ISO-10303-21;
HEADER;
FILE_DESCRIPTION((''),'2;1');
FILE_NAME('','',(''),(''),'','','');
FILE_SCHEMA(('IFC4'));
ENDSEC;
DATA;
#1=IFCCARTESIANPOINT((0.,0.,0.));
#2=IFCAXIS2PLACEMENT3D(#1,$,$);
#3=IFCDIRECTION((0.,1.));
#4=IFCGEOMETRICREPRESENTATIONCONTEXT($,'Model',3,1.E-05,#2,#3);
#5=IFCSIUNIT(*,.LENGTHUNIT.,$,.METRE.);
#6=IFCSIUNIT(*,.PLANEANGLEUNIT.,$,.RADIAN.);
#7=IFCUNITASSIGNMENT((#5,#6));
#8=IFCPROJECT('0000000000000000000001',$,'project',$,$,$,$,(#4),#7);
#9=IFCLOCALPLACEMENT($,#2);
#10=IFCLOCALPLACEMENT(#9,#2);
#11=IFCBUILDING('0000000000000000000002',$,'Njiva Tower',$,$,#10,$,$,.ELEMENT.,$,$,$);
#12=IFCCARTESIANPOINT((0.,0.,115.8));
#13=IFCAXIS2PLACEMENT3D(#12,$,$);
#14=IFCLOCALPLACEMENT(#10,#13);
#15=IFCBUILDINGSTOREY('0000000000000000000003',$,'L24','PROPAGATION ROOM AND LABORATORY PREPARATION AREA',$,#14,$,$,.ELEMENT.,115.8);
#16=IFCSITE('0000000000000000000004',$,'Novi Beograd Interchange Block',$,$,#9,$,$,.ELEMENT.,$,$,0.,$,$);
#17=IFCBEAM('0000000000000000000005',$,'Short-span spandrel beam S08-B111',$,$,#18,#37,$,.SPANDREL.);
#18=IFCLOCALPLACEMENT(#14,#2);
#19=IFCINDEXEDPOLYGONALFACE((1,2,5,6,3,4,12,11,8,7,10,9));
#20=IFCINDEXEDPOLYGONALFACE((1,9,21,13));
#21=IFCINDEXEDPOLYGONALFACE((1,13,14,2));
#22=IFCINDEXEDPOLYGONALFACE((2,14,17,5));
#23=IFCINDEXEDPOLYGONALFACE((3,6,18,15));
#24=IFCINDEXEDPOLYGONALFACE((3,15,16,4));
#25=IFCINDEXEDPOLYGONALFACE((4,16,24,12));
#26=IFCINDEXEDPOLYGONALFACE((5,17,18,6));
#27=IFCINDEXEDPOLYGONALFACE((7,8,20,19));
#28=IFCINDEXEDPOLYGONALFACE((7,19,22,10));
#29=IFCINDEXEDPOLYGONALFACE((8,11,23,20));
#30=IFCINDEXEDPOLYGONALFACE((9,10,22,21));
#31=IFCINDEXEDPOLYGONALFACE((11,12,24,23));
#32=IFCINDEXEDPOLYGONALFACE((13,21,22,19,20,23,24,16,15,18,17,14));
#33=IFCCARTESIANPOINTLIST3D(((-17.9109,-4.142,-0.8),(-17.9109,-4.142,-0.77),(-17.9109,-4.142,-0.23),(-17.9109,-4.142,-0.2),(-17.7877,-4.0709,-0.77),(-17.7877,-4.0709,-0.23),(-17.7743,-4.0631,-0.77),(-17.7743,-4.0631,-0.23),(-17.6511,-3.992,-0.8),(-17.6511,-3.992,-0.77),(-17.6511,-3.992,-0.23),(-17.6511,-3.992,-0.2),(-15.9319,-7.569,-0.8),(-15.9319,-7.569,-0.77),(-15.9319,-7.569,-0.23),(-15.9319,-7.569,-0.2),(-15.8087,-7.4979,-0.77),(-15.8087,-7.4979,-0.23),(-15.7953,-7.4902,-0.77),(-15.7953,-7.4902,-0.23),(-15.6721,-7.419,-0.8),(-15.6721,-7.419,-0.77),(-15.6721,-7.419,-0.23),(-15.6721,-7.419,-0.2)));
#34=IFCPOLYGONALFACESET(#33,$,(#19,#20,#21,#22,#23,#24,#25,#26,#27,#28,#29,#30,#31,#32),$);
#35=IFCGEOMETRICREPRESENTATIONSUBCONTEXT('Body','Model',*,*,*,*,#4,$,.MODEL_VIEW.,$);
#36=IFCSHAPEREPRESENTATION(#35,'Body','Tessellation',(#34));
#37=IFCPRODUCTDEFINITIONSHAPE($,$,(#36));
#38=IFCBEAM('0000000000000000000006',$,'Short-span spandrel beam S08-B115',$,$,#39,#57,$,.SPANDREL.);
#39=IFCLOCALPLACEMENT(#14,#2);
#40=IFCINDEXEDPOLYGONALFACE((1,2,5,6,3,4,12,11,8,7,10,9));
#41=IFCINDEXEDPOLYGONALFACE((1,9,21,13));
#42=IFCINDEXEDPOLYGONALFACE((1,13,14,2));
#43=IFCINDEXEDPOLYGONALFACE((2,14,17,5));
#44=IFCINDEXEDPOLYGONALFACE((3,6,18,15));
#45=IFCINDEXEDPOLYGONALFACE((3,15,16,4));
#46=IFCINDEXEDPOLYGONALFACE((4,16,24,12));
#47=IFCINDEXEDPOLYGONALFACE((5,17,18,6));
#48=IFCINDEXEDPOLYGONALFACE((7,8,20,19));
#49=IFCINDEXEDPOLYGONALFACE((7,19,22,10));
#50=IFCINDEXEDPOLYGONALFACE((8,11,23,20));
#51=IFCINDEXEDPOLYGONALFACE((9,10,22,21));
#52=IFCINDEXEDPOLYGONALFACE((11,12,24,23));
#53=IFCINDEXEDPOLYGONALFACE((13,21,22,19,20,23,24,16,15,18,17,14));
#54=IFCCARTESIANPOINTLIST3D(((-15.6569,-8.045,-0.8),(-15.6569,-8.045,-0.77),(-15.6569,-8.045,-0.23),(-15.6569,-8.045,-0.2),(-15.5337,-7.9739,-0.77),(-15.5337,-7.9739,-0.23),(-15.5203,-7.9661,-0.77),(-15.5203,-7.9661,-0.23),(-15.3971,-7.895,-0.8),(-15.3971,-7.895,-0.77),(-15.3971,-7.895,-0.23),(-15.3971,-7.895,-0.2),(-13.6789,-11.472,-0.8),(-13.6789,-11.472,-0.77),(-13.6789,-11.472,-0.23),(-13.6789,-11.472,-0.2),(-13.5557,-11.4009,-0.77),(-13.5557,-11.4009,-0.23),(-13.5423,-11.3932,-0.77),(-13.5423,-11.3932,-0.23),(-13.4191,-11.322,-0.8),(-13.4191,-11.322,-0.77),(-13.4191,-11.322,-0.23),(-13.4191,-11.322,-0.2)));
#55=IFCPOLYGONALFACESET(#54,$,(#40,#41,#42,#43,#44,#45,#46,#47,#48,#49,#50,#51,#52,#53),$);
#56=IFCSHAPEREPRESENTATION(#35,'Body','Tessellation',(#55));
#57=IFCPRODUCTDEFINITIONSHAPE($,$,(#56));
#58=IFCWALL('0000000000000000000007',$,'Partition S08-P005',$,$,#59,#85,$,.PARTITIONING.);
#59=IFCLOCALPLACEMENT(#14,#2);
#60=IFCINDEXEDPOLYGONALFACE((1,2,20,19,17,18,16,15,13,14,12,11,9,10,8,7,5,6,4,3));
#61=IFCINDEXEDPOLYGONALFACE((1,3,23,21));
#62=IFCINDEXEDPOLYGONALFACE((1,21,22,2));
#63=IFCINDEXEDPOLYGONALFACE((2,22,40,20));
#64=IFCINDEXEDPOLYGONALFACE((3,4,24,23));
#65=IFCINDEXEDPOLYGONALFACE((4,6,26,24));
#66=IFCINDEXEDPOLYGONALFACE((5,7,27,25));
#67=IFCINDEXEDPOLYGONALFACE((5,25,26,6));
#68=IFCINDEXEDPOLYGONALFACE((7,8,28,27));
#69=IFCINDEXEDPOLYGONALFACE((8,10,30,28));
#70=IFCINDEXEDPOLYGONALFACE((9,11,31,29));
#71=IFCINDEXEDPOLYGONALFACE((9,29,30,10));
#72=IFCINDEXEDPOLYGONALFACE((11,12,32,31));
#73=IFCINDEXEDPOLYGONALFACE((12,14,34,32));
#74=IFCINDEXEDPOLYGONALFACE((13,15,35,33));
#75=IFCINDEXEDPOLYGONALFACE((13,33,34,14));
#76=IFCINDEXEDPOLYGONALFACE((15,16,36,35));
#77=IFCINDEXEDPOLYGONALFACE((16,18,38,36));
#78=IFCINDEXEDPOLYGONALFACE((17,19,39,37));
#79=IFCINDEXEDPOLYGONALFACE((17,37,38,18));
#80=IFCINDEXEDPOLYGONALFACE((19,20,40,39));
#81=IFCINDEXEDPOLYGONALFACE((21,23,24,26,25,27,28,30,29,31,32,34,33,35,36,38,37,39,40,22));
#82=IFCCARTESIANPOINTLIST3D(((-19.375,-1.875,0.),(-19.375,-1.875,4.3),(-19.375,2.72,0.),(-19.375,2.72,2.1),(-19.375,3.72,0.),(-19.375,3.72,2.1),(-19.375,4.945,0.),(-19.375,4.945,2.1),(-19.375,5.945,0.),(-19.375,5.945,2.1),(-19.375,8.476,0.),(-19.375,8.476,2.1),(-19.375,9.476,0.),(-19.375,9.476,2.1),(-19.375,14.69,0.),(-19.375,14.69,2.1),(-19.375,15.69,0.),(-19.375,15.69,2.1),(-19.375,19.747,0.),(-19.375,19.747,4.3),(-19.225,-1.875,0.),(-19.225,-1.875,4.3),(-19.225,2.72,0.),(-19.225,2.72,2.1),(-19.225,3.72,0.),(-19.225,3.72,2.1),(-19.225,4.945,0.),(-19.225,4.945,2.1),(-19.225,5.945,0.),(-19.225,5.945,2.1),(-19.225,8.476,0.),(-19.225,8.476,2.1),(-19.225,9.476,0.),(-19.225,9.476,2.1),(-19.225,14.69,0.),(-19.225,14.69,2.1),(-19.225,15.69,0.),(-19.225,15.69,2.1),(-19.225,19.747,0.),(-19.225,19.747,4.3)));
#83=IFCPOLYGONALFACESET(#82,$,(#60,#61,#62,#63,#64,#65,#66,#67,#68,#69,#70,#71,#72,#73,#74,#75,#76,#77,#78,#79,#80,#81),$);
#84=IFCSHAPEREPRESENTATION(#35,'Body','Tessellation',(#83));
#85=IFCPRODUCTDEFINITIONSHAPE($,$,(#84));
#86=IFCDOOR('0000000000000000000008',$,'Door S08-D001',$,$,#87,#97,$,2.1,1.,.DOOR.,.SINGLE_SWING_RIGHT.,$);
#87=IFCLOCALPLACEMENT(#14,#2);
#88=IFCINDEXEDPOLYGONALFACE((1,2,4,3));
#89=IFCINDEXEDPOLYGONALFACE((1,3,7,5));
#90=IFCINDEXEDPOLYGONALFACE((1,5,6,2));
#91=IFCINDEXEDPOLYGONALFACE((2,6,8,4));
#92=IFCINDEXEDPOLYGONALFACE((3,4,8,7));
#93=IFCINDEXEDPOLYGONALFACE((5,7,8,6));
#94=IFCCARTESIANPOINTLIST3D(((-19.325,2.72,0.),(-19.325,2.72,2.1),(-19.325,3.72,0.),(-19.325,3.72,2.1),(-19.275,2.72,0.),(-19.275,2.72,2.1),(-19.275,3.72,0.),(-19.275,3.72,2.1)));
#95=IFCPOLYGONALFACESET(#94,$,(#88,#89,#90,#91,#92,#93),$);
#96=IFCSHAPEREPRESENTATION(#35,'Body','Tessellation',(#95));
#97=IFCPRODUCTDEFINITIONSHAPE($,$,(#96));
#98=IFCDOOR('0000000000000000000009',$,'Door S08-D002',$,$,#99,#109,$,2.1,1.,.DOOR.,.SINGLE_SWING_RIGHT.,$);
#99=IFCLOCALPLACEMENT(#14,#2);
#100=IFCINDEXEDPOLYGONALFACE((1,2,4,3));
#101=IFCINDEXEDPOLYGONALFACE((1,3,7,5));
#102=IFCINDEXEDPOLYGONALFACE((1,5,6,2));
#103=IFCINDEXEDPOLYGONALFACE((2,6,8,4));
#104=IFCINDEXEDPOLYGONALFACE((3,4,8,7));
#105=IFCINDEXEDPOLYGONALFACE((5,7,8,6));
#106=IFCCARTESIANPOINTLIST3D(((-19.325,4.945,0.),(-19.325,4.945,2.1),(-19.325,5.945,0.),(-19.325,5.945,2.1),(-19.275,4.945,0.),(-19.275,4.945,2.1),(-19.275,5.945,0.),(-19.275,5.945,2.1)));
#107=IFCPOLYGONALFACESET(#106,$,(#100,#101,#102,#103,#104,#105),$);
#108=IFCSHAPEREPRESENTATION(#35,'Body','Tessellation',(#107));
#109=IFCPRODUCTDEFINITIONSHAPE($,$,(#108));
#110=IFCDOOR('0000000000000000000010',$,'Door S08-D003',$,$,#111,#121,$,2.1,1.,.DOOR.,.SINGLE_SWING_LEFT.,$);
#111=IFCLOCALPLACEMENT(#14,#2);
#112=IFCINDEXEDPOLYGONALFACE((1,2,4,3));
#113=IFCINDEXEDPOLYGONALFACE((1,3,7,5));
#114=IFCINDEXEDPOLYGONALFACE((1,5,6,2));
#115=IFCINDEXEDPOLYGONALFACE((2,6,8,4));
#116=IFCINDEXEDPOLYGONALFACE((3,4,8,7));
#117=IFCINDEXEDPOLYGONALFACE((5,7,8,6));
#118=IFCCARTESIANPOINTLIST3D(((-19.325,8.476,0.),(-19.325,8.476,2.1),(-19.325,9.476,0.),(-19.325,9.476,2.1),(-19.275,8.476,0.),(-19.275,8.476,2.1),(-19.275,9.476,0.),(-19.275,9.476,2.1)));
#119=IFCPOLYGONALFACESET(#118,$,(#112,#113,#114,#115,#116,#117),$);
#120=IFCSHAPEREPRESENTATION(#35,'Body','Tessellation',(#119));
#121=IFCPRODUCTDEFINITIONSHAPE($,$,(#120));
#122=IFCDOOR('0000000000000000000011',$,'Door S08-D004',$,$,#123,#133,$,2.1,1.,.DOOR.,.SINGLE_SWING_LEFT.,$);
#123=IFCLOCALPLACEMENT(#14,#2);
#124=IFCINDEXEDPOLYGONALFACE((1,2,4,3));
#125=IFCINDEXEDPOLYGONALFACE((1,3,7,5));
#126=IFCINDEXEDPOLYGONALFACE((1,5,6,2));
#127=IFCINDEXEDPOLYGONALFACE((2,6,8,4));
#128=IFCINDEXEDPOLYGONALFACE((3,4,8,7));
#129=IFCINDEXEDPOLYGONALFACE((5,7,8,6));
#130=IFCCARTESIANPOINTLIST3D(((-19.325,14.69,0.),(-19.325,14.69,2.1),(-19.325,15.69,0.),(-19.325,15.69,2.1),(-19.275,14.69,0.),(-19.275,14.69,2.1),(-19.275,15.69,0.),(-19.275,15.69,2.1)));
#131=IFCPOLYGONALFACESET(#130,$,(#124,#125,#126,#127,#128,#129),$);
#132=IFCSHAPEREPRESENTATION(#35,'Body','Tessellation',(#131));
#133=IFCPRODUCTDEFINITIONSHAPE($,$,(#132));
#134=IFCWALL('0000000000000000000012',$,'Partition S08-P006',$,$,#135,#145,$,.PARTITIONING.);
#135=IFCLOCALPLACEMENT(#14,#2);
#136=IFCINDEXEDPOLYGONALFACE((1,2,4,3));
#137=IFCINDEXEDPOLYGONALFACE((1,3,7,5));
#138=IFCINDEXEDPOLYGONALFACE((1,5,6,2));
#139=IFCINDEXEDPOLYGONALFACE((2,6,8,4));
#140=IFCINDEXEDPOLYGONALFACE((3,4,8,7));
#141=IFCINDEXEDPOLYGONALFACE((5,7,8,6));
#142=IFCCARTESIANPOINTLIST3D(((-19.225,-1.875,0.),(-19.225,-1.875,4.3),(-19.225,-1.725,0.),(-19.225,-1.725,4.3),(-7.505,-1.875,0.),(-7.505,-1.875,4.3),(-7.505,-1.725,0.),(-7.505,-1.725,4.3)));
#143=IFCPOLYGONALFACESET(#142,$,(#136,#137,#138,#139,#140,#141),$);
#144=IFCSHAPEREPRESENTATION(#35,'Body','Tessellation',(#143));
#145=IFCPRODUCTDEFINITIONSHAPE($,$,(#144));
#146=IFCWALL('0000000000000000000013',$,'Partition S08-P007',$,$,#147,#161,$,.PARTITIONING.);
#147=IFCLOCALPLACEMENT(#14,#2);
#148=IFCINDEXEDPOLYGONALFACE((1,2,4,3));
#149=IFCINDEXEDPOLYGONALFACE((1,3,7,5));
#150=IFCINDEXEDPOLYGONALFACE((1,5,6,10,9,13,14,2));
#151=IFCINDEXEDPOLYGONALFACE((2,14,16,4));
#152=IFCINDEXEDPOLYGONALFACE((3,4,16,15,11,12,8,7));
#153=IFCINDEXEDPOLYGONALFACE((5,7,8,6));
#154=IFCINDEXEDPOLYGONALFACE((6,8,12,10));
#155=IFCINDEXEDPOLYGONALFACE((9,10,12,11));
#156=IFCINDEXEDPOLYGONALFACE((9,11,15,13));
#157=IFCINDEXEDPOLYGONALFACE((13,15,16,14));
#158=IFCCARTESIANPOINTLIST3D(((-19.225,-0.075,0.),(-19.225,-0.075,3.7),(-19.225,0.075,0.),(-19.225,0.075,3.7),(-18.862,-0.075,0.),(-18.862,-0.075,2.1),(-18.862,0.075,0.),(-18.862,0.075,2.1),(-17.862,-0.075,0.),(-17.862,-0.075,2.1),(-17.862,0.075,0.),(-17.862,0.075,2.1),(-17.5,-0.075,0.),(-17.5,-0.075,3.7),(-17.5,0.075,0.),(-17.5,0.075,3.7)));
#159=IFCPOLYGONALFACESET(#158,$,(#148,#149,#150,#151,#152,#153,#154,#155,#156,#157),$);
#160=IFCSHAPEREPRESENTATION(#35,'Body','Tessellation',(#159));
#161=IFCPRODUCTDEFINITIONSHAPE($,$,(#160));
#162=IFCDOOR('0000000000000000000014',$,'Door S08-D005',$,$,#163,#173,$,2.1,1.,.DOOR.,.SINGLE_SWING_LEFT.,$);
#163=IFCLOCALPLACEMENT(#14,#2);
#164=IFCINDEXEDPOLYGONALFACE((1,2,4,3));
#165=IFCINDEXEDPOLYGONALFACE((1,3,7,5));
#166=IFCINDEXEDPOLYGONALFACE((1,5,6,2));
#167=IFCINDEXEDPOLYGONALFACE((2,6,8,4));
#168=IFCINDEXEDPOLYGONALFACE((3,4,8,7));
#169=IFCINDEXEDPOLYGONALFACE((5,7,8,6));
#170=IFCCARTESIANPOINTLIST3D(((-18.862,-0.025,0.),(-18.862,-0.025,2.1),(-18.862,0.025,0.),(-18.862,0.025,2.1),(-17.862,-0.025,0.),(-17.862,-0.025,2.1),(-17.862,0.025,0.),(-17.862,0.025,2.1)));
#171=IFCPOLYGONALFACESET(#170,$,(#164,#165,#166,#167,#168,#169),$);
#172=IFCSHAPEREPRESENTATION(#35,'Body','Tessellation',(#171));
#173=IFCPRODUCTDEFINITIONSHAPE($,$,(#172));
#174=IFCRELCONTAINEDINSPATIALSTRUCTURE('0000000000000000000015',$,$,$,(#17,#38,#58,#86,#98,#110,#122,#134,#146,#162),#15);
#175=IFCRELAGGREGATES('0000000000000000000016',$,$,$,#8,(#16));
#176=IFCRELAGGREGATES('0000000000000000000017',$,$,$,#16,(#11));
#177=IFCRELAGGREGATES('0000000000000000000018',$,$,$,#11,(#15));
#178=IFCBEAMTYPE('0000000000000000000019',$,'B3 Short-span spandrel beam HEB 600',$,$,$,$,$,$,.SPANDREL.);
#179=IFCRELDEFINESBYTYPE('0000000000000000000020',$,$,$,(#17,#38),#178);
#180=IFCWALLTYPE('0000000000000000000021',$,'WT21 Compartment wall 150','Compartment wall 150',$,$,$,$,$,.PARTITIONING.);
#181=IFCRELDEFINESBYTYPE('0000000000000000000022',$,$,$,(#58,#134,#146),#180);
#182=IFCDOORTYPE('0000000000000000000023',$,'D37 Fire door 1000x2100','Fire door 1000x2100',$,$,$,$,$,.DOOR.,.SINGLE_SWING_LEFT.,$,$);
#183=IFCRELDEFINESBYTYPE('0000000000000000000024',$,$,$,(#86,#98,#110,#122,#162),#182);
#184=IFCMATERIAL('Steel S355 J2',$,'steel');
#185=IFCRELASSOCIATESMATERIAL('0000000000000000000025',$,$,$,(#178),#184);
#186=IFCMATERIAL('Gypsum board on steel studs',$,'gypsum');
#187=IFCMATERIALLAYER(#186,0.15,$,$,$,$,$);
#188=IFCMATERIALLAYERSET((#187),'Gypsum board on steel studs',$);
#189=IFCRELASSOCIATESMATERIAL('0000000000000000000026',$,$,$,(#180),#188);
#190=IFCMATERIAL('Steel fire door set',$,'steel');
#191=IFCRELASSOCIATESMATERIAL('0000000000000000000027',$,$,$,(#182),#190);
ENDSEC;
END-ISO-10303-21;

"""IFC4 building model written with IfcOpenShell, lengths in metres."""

from ifc_helpers import new_model, si_unit, direction, frame, frame_2d, origin, origin_2d, place, context, subcontext, project, spatial, rectangle, i_section, extrude, material, layer, layer_set, material_profile, profile_set, type_object, element, fill, save


model = new_model("IFC4")

# Units and contexts
model_context = context("Model", 3, precision=1e-05, world=origin(), true_north=direction((0.0, 1.0)))
body_context = subcontext(model_context, "Body", "Model", "MODEL_VIEW")
ifc_project = project(units=[si_unit("LENGTHUNIT", "METRE"), si_unit("PLANEANGLEUNIT", "RADIAN")], contexts=[model_context])

# Site, building, storey
site_placement = place(None, origin())
site = spatial("IfcSite", under=ifc_project, at=site_placement, Name="Novi Beograd Interchange Block", CompositionType="ELEMENT", RefElevation=0.0)
building_placement = place(site_placement, origin())
building = spatial("IfcBuilding", under=site, at=building_placement, Name="Njiva Tower", CompositionType="ELEMENT")
storey_placement = place(building_placement, frame((0.0, 0.0, 115.8)))
storey = spatial("IfcBuildingStorey", under=building, at=storey_placement, Name="L24", Description="PROPAGATION ROOM AND LABORATORY PREPARATION AREA", CompositionType="ELEMENT", Elevation=115.8)

# Shared definitions
ifc_material_1 = material(Name="Steel S355 J2", Category="steel")

# Beams
ifc_material_profile_1 = material_profile(ifc_material_1, i_section(OverallWidth=0.3, OverallDepth=0.6, WebThickness=0.0155, FlangeThickness=0.03, at=origin_2d()), Name="HEB 600")
ifc_profile_set_1 = profile_set([ifc_material_profile_1], Name="Steel S355 J2")
beam_type_1 = type_object("IfcBeamType", Name="B3 Short-span spandrel beam HEB 600", PredefinedType="SPANDREL", material=ifc_profile_set_1)
beam_1_placement = place(storey_placement, frame((-17.781, -4.067, -0.5), z_axis=(0.50008, -0.865979, 0.0), x_axis=(0.865979, 0.50008, 0.0)))
element("IfcBeam", 1, at=beam_1_placement, inside=storey, type_object=beam_type_1, Name="Short-span spandrel beam S08-B111", PredefinedType="SPANDREL", context=body_context, shape_type="SweptSolid", body=[
    extrude(i_section(OverallWidth=0.3, OverallDepth=0.6, WebThickness=0.0155, FlangeThickness=0.03, at=origin_2d()), origin(), (0.0, 0.0, 1.0), 3.9574),
])
beam_2_placement = place(storey_placement, frame((-15.527, -7.97, -0.5), z_axis=(0.49989, -0.866089, 0.0), x_axis=(0.866089, 0.49989, 0.0)))
element("IfcBeam", 2, at=beam_2_placement, inside=storey, type_object=beam_type_1, Name="Short-span spandrel beam S08-B115", PredefinedType="SPANDREL", context=body_context, shape_type="SweptSolid", body=[
    extrude(i_section(OverallWidth=0.3, OverallDepth=0.6, WebThickness=0.0155, FlangeThickness=0.03, at=origin_2d()), origin(), (0.0, 0.0, 1.0), 3.9569),
])

# Wall, openings, doors
ifc_material_2 = material(Name="Gypsum board on steel studs", Category="gypsum")
ifc_layer = layer(ifc_material_2, 0.15)
ifc_layer_set = layer_set([ifc_layer], Name="Gypsum board on steel studs")
wall_type = type_object("IfcWallType", Name="WT21 Compartment wall 150", Description="Compartment wall 150", PredefinedType="PARTITIONING", material=ifc_layer_set)
wall_1_placement = place(storey_placement, frame((-19.3, -1.875, 0.0), z_axis=(0.0, 0.0, 1.0), x_axis=(0.0, 1.0, 0.0)))
wall_1 = element("IfcWall", 3, at=wall_1_placement, inside=storey, type_object=wall_type, Name="Partition S08-P005", PredefinedType="PARTITIONING", context=body_context, shape_type="SweptSolid", body=[
    extrude(rectangle(XDim=21.622, YDim=0.15, at=frame_2d((10.811, 0.0))), origin(), (0.0, 0.0, 1.0), 4.3),
])
opening_1_placement = place(wall_1_placement, frame((4.595, 0.0, 0.0)))
opening_1 = element("IfcOpeningElement", 4, at=opening_1_placement, cuts=wall_1, PredefinedType="OPENING", context=body_context, shape_type="SweptSolid", body=[
    extrude(rectangle(XDim=1.0, YDim=2.1, at=frame_2d((0.5, 1.05))), frame((0.0, 0.085, 0.0), z_axis=(0.0, -1.0, 0.0), x_axis=(1.0, 0.0, 0.0)), (0.0, 0.0, 1.0), 0.17),
])
opening_2_placement = place(wall_1_placement, frame((6.82, 0.0, 0.0)))
opening_2 = element("IfcOpeningElement", 5, at=opening_2_placement, cuts=wall_1, PredefinedType="OPENING", context=body_context, shape_type="SweptSolid", body=[
    extrude(rectangle(XDim=1.0, YDim=2.1, at=frame_2d((0.5, 1.05))), frame((0.0, 0.085, 0.0), z_axis=(0.0, -1.0, 0.0), x_axis=(1.0, 0.0, 0.0)), (0.0, 0.0, 1.0), 0.17),
])
opening_3_placement = place(wall_1_placement, frame((10.351, 0.0, 0.0)))
opening_3 = element("IfcOpeningElement", 6, at=opening_3_placement, cuts=wall_1, PredefinedType="OPENING", context=body_context, shape_type="SweptSolid", body=[
    extrude(rectangle(XDim=1.0, YDim=2.1, at=frame_2d((0.5, 1.05))), frame((0.0, 0.085, 0.0), z_axis=(0.0, -1.0, 0.0), x_axis=(1.0, 0.0, 0.0)), (0.0, 0.0, 1.0), 0.17),
])
opening_4_placement = place(wall_1_placement, frame((16.565, 0.0, 0.0)))
opening_4 = element("IfcOpeningElement", 7, at=opening_4_placement, cuts=wall_1, PredefinedType="OPENING", context=body_context, shape_type="SweptSolid", body=[
    extrude(rectangle(XDim=1.0, YDim=2.1, at=frame_2d((0.5, 1.05))), frame((0.0, 0.085, 0.0), z_axis=(0.0, -1.0, 0.0), x_axis=(1.0, 0.0, 0.0)), (0.0, 0.0, 1.0), 0.17),
])
ifc_material_3 = material(Name="Steel fire door set", Category="steel")
door_type = type_object("IfcDoorType", Name="D37 Fire door 1000x2100", Description="Fire door 1000x2100", OperationType="SINGLE_SWING_LEFT", PredefinedType="DOOR", material=ifc_material_3)
door_1_placement = place(opening_1_placement, origin())
door_1 = element("IfcDoor", 8, at=door_1_placement, inside=storey, type_object=door_type, Name="Door S08-D001", OperationType="SINGLE_SWING_RIGHT", OverallHeight=2.1, OverallWidth=1.0, PredefinedType="DOOR", context=body_context, shape_type="SweptSolid", body=[
    extrude(rectangle(XDim=1.0, YDim=2.1, at=frame_2d((0.5, 1.05))), frame((0.0, 0.025, 0.0), z_axis=(0.0, -1.0, 0.0), x_axis=(1.0, 0.0, 0.0)), (0.0, 0.0, 1.0), 0.05),
])
fill(opening_1, door_1)
door_2_placement = place(opening_2_placement, origin())
door_2 = element("IfcDoor", 9, at=door_2_placement, inside=storey, type_object=door_type, Name="Door S08-D002", OperationType="SINGLE_SWING_RIGHT", OverallHeight=2.1, OverallWidth=1.0, PredefinedType="DOOR", context=body_context, shape_type="SweptSolid", body=[
    extrude(rectangle(XDim=1.0, YDim=2.1, at=frame_2d((0.5, 1.05))), frame((0.0, 0.025, 0.0), z_axis=(0.0, -1.0, 0.0), x_axis=(1.0, 0.0, 0.0)), (0.0, 0.0, 1.0), 0.05),
])
fill(opening_2, door_2)
door_3_placement = place(opening_3_placement, origin())
door_3 = element("IfcDoor", 10, at=door_3_placement, inside=storey, type_object=door_type, Name="Door S08-D003", OperationType="SINGLE_SWING_LEFT", OverallHeight=2.1, OverallWidth=1.0, PredefinedType="DOOR", context=body_context, shape_type="SweptSolid", body=[
    extrude(rectangle(XDim=1.0, YDim=2.1, at=frame_2d((0.5, 1.05))), frame((0.0, 0.025, 0.0), z_axis=(0.0, -1.0, 0.0), x_axis=(1.0, 0.0, 0.0)), (0.0, 0.0, 1.0), 0.05),
])
fill(opening_3, door_3)
door_4_placement = place(opening_4_placement, origin())
door_4 = element("IfcDoor", 11, at=door_4_placement, inside=storey, type_object=door_type, Name="Door S08-D004", OperationType="SINGLE_SWING_LEFT", OverallHeight=2.1, OverallWidth=1.0, PredefinedType="DOOR", context=body_context, shape_type="SweptSolid", body=[
    extrude(rectangle(XDim=1.0, YDim=2.1, at=frame_2d((0.5, 1.05))), frame((0.0, 0.025, 0.0), z_axis=(0.0, -1.0, 0.0), x_axis=(1.0, 0.0, 0.0)), (0.0, 0.0, 1.0), 0.05),
])
fill(opening_4, door_4)

# Wall
wall_2_placement = place(storey_placement, frame((-19.225, -1.8, 0.0), z_axis=(0.0, 0.0, 1.0), x_axis=(1.0, 0.0, 0.0)))
element("IfcWall", 12, at=wall_2_placement, inside=storey, type_object=wall_type, Name="Partition S08-P006", PredefinedType="PARTITIONING", context=body_context, shape_type="SweptSolid", body=[
    extrude(rectangle(XDim=11.72, YDim=0.15, at=frame_2d((5.86, 0.0))), origin(), (0.0, 0.0, 1.0), 4.3),
])

# Wall, opening, door
wall_3_placement = place(storey_placement, frame((-19.225, 0.0, 0.0), z_axis=(0.0, 0.0, 1.0), x_axis=(1.0, 0.0, 0.0)))
wall_3 = element("IfcWall", 13, at=wall_3_placement, inside=storey, type_object=wall_type, Name="Partition S08-P007", PredefinedType="PARTITIONING", context=body_context, shape_type="SweptSolid", body=[
    extrude(rectangle(XDim=1.725, YDim=0.15, at=frame_2d((0.8625, 0.0))), origin(), (0.0, 0.0, 1.0), 3.7),
])
opening_5_placement = place(wall_3_placement, frame((0.363, 0.0, 0.0)))
opening_5 = element("IfcOpeningElement", 14, at=opening_5_placement, cuts=wall_3, PredefinedType="OPENING", context=body_context, shape_type="SweptSolid", body=[
    extrude(rectangle(XDim=1.0, YDim=2.1, at=frame_2d((0.5, 1.05))), frame((0.0, 0.085, 0.0), z_axis=(0.0, -1.0, 0.0), x_axis=(1.0, 0.0, 0.0)), (0.0, 0.0, 1.0), 0.17),
])
door_5_placement = place(opening_5_placement, origin())
door_5 = element("IfcDoor", 15, at=door_5_placement, inside=storey, type_object=door_type, Name="Door S08-D005", OperationType="SINGLE_SWING_LEFT", OverallHeight=2.1, OverallWidth=1.0, PredefinedType="DOOR", context=body_context, shape_type="SweptSolid", body=[
    extrude(rectangle(XDim=1.0, YDim=2.1, at=frame_2d((0.5, 1.05))), frame((0.0, 0.025, 0.0), z_axis=(0.0, -1.0, 0.0), x_axis=(1.0, 0.0, 0.0)), (0.0, 0.0, 1.0), 0.05),
])
fill(opening_5, door_5)

save(model, "model.ifc")
